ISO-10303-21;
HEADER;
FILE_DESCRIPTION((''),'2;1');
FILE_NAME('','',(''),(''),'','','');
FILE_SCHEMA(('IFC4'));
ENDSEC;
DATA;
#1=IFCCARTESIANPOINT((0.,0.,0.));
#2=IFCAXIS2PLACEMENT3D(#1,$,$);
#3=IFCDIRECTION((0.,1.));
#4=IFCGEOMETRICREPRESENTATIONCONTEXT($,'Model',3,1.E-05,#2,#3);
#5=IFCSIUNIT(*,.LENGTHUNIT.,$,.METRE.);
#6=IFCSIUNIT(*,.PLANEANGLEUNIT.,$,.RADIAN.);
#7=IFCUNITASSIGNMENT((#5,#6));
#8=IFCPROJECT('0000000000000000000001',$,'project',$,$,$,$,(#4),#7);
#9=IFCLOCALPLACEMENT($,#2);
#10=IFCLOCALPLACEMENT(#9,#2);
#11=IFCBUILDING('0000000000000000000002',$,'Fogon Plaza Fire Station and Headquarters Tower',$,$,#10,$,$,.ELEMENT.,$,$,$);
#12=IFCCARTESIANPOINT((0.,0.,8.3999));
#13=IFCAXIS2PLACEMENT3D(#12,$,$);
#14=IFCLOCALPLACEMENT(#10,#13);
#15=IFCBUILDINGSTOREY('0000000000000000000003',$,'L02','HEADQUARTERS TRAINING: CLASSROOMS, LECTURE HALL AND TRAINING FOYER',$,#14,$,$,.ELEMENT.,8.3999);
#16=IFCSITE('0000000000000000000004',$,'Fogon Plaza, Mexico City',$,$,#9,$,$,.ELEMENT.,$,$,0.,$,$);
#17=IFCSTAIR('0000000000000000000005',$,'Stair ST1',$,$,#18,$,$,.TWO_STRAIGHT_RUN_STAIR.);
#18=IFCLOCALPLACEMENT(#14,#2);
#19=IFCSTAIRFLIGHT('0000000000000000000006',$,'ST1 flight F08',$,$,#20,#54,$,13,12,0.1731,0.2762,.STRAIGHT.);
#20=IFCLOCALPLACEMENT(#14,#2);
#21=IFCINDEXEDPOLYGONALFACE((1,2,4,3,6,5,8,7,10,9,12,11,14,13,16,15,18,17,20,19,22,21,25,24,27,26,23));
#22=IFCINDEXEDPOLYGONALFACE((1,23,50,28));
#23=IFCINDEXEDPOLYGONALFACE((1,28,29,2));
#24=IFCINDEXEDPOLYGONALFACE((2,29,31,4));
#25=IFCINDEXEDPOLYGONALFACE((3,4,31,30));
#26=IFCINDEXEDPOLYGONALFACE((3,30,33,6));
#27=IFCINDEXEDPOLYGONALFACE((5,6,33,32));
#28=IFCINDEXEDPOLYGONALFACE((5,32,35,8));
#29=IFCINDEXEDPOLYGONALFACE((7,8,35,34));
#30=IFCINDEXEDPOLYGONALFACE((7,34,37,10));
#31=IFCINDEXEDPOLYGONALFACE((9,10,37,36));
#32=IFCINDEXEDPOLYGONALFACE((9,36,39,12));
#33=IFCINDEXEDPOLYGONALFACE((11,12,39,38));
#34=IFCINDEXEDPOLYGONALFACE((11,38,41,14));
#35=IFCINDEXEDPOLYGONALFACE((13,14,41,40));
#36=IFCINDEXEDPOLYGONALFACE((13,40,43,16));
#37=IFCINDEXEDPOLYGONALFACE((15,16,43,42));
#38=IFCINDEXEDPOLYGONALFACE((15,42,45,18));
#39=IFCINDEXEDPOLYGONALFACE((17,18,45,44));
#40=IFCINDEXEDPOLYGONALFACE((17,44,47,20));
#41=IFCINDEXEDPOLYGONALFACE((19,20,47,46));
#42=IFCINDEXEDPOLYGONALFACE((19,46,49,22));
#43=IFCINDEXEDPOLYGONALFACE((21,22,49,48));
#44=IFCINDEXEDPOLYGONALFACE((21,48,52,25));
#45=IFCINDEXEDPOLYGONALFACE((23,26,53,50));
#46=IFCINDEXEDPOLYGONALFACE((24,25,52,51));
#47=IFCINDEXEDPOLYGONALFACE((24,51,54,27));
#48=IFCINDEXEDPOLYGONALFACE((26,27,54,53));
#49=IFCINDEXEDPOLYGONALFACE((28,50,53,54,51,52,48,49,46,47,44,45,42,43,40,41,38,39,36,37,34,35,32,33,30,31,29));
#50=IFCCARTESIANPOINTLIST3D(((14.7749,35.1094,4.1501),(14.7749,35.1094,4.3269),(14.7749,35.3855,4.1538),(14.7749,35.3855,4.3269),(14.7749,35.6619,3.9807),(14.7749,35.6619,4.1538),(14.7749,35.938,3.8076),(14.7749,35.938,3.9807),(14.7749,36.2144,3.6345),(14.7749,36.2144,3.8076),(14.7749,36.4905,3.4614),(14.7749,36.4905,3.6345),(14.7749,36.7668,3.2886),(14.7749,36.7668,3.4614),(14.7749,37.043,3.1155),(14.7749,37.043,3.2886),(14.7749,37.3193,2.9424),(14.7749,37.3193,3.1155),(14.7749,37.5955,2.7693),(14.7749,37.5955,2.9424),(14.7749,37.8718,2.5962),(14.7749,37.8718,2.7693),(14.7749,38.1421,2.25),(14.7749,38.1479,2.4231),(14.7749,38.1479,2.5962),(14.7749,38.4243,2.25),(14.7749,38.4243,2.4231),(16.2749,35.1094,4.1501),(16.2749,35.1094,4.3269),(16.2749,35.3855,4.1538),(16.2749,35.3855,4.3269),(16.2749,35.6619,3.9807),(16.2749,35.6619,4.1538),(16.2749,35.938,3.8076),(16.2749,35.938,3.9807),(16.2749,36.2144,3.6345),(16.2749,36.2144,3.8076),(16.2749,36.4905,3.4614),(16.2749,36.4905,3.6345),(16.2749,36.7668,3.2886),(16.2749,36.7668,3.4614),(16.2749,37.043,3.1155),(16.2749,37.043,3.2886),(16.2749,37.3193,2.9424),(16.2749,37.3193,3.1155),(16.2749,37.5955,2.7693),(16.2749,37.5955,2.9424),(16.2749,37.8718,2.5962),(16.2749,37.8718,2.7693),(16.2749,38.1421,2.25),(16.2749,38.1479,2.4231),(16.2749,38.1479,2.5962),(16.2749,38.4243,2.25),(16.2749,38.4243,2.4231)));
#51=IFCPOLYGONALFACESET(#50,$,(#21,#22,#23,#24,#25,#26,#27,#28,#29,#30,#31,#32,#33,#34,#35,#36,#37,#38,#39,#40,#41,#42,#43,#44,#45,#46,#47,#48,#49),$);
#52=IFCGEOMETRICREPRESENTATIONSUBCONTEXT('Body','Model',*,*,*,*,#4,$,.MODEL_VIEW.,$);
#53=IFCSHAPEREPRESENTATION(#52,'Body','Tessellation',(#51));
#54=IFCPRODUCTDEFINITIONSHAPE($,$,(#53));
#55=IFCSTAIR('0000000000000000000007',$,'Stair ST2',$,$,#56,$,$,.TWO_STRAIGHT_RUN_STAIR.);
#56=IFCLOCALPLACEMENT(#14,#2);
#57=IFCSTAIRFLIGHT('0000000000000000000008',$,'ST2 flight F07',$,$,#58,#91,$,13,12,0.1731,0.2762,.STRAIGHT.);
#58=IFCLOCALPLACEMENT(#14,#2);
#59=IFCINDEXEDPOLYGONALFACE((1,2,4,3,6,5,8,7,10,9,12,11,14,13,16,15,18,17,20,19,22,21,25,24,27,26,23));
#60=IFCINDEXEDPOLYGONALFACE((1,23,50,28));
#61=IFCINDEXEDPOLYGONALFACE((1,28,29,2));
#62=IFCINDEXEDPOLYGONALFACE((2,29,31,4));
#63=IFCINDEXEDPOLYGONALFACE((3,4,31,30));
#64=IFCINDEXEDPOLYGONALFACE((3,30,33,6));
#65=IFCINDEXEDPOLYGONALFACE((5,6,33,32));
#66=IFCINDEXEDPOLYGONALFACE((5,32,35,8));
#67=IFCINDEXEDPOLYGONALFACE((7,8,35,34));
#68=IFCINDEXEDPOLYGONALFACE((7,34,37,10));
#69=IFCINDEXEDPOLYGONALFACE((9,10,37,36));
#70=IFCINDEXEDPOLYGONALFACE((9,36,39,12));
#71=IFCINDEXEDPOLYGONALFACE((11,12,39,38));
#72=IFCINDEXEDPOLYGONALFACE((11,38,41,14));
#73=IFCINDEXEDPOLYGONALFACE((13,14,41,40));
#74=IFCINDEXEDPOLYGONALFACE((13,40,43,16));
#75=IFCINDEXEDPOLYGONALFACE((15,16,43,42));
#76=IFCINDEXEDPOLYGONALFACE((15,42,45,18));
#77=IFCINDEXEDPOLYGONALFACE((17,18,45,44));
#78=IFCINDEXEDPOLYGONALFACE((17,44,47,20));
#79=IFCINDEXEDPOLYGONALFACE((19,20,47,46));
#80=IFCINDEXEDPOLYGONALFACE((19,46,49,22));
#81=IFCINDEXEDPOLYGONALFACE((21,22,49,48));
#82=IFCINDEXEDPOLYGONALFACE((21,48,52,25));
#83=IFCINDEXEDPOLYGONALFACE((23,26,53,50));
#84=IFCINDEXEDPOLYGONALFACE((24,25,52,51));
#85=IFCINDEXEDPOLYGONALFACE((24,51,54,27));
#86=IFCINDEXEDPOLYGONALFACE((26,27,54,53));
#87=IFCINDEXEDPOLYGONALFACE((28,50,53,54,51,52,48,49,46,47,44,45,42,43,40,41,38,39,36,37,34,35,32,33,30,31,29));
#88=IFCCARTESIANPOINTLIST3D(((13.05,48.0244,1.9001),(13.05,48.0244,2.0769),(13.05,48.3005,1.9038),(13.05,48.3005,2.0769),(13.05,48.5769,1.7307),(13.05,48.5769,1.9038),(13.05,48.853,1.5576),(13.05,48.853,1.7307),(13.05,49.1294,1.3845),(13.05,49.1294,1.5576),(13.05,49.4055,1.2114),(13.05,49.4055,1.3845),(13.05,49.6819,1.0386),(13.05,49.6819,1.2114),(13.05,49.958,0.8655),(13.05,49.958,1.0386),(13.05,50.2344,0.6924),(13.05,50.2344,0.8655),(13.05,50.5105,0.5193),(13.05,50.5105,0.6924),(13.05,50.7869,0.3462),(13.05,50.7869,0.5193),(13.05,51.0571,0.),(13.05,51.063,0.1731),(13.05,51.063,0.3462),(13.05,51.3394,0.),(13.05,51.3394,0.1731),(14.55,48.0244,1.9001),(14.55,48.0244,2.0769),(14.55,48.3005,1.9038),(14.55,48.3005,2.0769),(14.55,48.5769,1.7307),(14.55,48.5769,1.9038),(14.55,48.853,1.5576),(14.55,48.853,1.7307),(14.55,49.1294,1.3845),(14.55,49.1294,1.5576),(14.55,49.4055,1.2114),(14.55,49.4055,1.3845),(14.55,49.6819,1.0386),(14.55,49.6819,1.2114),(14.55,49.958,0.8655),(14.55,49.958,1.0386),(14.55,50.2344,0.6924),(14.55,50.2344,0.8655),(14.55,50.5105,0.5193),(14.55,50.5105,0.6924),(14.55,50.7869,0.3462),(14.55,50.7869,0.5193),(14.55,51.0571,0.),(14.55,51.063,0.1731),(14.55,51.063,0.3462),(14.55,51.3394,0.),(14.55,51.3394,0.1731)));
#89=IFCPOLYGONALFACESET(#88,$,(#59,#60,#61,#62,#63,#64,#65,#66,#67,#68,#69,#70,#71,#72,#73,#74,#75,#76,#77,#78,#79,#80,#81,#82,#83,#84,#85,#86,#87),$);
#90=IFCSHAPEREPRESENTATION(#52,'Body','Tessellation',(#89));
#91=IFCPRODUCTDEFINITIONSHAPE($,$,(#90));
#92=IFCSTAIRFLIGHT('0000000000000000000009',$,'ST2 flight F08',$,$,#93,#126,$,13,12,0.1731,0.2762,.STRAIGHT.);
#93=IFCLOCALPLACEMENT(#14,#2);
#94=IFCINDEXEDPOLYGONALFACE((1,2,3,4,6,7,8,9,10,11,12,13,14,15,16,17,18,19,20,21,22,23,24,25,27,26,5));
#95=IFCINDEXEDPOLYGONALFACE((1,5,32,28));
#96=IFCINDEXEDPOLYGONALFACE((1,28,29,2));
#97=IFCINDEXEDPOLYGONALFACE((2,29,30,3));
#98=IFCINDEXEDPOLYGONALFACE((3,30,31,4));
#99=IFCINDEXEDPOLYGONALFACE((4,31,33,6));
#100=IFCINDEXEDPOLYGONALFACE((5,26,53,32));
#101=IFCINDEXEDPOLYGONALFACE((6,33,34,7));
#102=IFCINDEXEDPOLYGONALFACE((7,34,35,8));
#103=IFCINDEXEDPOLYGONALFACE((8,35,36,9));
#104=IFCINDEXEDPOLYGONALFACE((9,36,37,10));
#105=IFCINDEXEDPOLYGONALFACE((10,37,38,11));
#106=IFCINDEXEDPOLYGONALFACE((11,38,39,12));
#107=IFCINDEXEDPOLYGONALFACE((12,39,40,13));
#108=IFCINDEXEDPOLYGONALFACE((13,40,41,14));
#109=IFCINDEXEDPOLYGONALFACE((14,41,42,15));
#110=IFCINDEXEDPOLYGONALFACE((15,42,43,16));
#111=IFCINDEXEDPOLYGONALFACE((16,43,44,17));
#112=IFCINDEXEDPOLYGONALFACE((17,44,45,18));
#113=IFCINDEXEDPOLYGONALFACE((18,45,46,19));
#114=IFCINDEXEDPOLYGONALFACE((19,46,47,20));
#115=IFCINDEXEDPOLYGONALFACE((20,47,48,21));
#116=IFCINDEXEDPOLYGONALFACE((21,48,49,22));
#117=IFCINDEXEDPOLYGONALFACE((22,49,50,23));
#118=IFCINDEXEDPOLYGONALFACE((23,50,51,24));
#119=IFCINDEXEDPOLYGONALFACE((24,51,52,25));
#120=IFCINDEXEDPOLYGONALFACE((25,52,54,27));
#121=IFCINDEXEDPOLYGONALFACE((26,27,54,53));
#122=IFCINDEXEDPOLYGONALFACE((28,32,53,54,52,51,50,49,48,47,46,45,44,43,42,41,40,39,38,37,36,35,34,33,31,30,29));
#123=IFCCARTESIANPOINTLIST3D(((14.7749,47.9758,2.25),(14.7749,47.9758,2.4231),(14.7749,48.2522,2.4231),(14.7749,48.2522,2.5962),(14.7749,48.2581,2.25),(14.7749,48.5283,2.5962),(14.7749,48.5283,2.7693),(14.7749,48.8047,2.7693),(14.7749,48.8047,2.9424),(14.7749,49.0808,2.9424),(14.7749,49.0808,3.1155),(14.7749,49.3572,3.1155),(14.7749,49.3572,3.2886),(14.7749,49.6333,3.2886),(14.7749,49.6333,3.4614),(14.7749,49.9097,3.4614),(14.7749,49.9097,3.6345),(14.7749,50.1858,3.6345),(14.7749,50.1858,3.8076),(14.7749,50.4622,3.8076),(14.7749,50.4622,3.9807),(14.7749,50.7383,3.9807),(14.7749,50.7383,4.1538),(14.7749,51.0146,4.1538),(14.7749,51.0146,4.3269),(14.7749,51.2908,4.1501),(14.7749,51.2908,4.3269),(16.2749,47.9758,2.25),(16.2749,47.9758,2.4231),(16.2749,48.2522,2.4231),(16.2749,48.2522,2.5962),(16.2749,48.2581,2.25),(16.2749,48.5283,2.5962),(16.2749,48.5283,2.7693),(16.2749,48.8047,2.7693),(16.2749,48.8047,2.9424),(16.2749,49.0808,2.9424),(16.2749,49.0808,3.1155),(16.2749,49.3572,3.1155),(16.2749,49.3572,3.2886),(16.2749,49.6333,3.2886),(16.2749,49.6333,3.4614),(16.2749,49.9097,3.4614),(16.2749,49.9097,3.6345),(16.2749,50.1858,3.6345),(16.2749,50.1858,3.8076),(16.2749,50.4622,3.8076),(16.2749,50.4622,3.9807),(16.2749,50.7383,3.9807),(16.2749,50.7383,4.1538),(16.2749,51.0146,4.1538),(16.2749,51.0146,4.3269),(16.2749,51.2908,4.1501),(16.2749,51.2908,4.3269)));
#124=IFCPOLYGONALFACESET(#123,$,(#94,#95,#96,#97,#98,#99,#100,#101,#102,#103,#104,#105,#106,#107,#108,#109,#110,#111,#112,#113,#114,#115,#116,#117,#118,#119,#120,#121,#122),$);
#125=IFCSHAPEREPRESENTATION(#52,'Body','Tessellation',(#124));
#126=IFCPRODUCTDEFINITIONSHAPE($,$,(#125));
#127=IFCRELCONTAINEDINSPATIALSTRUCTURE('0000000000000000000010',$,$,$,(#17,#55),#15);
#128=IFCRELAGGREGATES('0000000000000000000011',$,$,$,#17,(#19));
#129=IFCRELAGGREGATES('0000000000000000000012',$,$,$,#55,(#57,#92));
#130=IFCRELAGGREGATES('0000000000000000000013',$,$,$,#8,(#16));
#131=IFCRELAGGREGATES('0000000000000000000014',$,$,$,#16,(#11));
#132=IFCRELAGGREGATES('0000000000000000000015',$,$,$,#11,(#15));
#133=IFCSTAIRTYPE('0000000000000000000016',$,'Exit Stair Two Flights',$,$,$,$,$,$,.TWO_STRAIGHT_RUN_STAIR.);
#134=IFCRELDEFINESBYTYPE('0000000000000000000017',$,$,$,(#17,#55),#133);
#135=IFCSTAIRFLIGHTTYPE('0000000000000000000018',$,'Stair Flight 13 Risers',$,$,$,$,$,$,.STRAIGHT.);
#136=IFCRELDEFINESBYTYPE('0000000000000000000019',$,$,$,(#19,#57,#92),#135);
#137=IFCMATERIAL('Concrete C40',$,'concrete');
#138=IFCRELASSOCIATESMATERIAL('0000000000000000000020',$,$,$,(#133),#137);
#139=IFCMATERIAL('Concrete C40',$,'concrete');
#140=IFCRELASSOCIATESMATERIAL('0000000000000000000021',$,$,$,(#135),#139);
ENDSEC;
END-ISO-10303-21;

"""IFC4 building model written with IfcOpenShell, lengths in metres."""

from ifc_helpers import new_model, si_unit, direction, frame, origin, place, context, subcontext, project, spatial, polyline, outline, extrude, material, type_object, element, aggregate, save


model = new_model("IFC4")

# Units and contexts
model_context = context("Model", 3, precision=1e-05, world=origin(), true_north=direction((0.0, 1.0)))
body_context = subcontext(model_context, "Body", "Model", "MODEL_VIEW")
ifc_project = project(units=[si_unit("LENGTHUNIT", "METRE"), si_unit("PLANEANGLEUNIT", "RADIAN")], contexts=[model_context])

# Site, building, storey
site_placement = place(None, origin())
site = spatial("IfcSite", under=ifc_project, at=site_placement, Name="Fogon Plaza, Mexico City", CompositionType="ELEMENT", RefElevation=0.0)
building_placement = place(site_placement, origin())
building = spatial("IfcBuilding", under=site, at=building_placement, Name="Fogon Plaza Fire Station and Headquarters Tower", CompositionType="ELEMENT")
storey_placement = place(building_placement, frame((0.0, 0.0, 8.3999)))
storey = spatial("IfcBuildingStorey", under=building, at=storey_placement, Name="L02", Description="HEADQUARTERS TRAINING: CLASSROOMS, LECTURE HALL AND TRAINING FOYER", CompositionType="ELEMENT", Elevation=8.3999)

# Stairs, stair flights
ifc_material_1 = material(Name="Concrete C40", Category="concrete")
stair_type = type_object("IfcStairType", Name="Exit Stair Two Flights", PredefinedType="TWO_STRAIGHT_RUN_STAIR", material=ifc_material_1)
stair_1_placement = place(storey_placement, origin())
stair_1 = element("IfcStair", 1, at=stair_1_placement, inside=storey, type_object=stair_type, Name="Stair ST1", PredefinedType="TWO_STRAIGHT_RUN_STAIR")
ifc_material_2 = material(Name="Concrete C40", Category="concrete")
stair_flight_type = type_object("IfcStairFlightType", Name="Stair Flight 13 Risers", PredefinedType="STRAIGHT", material=ifc_material_2)
stair_flight_1_placement = place(storey_placement, frame((15.5249, 38.4243, 2.25), z_axis=(0.0, 0.0, 1.0), x_axis=(0.0, -1.0, 0.0)))
stair_flight_1 = element("IfcStairFlight", 2, at=stair_flight_1_placement, type_object=stair_flight_type, Name="ST1 flight F08", NumberOfRisers=13, NumberOfTreads=12, PredefinedType="STRAIGHT", RiserHeight=0.1731, TreadLength=0.2762, context=body_context, shape_type="SweptSolid", body=[
    extrude(outline(polyline([(0.0, 0.0), (0.0, 0.1731), (0.2764, 0.1731), (0.2764, 0.3462), (0.5525, 0.3462), (0.5525, 0.5193), (0.8289, 0.5193), (0.8289, 0.6924), (1.105, 0.6924), (1.105, 0.8655), (1.3813, 0.8655), (1.3813, 1.0386), (1.6575, 1.0386), (1.6575, 1.2114), (1.9338, 1.2114), (1.9338, 1.3845), (2.21, 1.3845), (2.21, 1.5576), (2.4863, 1.5576), (2.4863, 1.7307), (2.7625, 1.7307), (2.7625, 1.9038), (3.0388, 1.9038), (3.0388, 2.0769), (3.3149, 2.0769), (3.3149, 2.25), (3.3149, 1.9001), (0.2822, 0.0), (0.0, 0.0)])), frame((0.0, 0.75, 0.0), z_axis=(0.0, -1.0, 0.0), x_axis=(1.0, 0.0, 0.0)), (0.0, 0.0, 1.0), 1.5),
])
aggregate(stair_1, [stair_flight_1])
stair_2_placement = place(storey_placement, origin())
stair_2 = element("IfcStair", 3, at=stair_2_placement, inside=storey, type_object=stair_type, Name="Stair ST2", PredefinedType="TWO_STRAIGHT_RUN_STAIR")
stair_flight_2_placement = place(storey_placement, frame((13.8, 51.3394, 0.0), z_axis=(0.0, 0.0, 1.0), x_axis=(0.0, -1.0, 0.0)))
stair_flight_2 = element("IfcStairFlight", 4, at=stair_flight_2_placement, type_object=stair_flight_type, Name="ST2 flight F07", NumberOfRisers=13, NumberOfTreads=12, PredefinedType="STRAIGHT", RiserHeight=0.1731, TreadLength=0.2762, context=body_context, shape_type="SweptSolid", body=[
    extrude(outline(polyline([(0.0, 0.0), (0.0, 0.1731), (0.2764, 0.1731), (0.2764, 0.3462), (0.5525, 0.3462), (0.5525, 0.5193), (0.8289, 0.5193), (0.8289, 0.6924), (1.105, 0.6924), (1.105, 0.8655), (1.3813, 0.8655), (1.3813, 1.0386), (1.6575, 1.0386), (1.6575, 1.2114), (1.9338, 1.2114), (1.9338, 1.3845), (2.21, 1.3845), (2.21, 1.5576), (2.4863, 1.5576), (2.4863, 1.7307), (2.7625, 1.7307), (2.7625, 1.9038), (3.0388, 1.9038), (3.0388, 2.0769), (3.3149, 2.0769), (3.3149, 2.25), (3.3149, 1.9001), (0.2822, 0.0), (0.0, 0.0)])), frame((0.0, 0.75, 0.0), z_axis=(0.0, -1.0, 0.0), x_axis=(1.0, 0.0, 0.0)), (0.0, 0.0, 1.0), 1.5),
])
stair_flight_3_placement = place(storey_placement, frame((15.5249, 47.9758, 2.25), z_axis=(0.0, 0.0, 1.0), x_axis=(0.0, 1.0, 0.0)))
stair_flight_3 = element("IfcStairFlight", 5, at=stair_flight_3_placement, type_object=stair_flight_type, Name="ST2 flight F08", NumberOfRisers=13, NumberOfTreads=12, PredefinedType="STRAIGHT", RiserHeight=0.1731, TreadLength=0.2762, context=body_context, shape_type="SweptSolid", body=[
    extrude(outline(polyline([(0.0, 0.0), (0.0, 0.1731), (0.2764, 0.1731), (0.2764, 0.3462), (0.5525, 0.3462), (0.5525, 0.5193), (0.8289, 0.5193), (0.8289, 0.6924), (1.105, 0.6924), (1.105, 0.8655), (1.3813, 0.8655), (1.3813, 1.0386), (1.6575, 1.0386), (1.6575, 1.2114), (1.9338, 1.2114), (1.9338, 1.3845), (2.21, 1.3845), (2.21, 1.5576), (2.4863, 1.5576), (2.4863, 1.7307), (2.7625, 1.7307), (2.7625, 1.9038), (3.0388, 1.9038), (3.0388, 2.0769), (3.3149, 2.0769), (3.3149, 2.25), (3.3149, 1.9001), (0.2822, 0.0), (0.0, 0.0)])), frame((0.0, 0.75, 0.0), z_axis=(0.0, -1.0, 0.0), x_axis=(1.0, 0.0, 0.0)), (0.0, 0.0, 1.0), 1.5),
])
aggregate(stair_2, [stair_flight_2, stair_flight_3])

save(model, "model.ifc")
